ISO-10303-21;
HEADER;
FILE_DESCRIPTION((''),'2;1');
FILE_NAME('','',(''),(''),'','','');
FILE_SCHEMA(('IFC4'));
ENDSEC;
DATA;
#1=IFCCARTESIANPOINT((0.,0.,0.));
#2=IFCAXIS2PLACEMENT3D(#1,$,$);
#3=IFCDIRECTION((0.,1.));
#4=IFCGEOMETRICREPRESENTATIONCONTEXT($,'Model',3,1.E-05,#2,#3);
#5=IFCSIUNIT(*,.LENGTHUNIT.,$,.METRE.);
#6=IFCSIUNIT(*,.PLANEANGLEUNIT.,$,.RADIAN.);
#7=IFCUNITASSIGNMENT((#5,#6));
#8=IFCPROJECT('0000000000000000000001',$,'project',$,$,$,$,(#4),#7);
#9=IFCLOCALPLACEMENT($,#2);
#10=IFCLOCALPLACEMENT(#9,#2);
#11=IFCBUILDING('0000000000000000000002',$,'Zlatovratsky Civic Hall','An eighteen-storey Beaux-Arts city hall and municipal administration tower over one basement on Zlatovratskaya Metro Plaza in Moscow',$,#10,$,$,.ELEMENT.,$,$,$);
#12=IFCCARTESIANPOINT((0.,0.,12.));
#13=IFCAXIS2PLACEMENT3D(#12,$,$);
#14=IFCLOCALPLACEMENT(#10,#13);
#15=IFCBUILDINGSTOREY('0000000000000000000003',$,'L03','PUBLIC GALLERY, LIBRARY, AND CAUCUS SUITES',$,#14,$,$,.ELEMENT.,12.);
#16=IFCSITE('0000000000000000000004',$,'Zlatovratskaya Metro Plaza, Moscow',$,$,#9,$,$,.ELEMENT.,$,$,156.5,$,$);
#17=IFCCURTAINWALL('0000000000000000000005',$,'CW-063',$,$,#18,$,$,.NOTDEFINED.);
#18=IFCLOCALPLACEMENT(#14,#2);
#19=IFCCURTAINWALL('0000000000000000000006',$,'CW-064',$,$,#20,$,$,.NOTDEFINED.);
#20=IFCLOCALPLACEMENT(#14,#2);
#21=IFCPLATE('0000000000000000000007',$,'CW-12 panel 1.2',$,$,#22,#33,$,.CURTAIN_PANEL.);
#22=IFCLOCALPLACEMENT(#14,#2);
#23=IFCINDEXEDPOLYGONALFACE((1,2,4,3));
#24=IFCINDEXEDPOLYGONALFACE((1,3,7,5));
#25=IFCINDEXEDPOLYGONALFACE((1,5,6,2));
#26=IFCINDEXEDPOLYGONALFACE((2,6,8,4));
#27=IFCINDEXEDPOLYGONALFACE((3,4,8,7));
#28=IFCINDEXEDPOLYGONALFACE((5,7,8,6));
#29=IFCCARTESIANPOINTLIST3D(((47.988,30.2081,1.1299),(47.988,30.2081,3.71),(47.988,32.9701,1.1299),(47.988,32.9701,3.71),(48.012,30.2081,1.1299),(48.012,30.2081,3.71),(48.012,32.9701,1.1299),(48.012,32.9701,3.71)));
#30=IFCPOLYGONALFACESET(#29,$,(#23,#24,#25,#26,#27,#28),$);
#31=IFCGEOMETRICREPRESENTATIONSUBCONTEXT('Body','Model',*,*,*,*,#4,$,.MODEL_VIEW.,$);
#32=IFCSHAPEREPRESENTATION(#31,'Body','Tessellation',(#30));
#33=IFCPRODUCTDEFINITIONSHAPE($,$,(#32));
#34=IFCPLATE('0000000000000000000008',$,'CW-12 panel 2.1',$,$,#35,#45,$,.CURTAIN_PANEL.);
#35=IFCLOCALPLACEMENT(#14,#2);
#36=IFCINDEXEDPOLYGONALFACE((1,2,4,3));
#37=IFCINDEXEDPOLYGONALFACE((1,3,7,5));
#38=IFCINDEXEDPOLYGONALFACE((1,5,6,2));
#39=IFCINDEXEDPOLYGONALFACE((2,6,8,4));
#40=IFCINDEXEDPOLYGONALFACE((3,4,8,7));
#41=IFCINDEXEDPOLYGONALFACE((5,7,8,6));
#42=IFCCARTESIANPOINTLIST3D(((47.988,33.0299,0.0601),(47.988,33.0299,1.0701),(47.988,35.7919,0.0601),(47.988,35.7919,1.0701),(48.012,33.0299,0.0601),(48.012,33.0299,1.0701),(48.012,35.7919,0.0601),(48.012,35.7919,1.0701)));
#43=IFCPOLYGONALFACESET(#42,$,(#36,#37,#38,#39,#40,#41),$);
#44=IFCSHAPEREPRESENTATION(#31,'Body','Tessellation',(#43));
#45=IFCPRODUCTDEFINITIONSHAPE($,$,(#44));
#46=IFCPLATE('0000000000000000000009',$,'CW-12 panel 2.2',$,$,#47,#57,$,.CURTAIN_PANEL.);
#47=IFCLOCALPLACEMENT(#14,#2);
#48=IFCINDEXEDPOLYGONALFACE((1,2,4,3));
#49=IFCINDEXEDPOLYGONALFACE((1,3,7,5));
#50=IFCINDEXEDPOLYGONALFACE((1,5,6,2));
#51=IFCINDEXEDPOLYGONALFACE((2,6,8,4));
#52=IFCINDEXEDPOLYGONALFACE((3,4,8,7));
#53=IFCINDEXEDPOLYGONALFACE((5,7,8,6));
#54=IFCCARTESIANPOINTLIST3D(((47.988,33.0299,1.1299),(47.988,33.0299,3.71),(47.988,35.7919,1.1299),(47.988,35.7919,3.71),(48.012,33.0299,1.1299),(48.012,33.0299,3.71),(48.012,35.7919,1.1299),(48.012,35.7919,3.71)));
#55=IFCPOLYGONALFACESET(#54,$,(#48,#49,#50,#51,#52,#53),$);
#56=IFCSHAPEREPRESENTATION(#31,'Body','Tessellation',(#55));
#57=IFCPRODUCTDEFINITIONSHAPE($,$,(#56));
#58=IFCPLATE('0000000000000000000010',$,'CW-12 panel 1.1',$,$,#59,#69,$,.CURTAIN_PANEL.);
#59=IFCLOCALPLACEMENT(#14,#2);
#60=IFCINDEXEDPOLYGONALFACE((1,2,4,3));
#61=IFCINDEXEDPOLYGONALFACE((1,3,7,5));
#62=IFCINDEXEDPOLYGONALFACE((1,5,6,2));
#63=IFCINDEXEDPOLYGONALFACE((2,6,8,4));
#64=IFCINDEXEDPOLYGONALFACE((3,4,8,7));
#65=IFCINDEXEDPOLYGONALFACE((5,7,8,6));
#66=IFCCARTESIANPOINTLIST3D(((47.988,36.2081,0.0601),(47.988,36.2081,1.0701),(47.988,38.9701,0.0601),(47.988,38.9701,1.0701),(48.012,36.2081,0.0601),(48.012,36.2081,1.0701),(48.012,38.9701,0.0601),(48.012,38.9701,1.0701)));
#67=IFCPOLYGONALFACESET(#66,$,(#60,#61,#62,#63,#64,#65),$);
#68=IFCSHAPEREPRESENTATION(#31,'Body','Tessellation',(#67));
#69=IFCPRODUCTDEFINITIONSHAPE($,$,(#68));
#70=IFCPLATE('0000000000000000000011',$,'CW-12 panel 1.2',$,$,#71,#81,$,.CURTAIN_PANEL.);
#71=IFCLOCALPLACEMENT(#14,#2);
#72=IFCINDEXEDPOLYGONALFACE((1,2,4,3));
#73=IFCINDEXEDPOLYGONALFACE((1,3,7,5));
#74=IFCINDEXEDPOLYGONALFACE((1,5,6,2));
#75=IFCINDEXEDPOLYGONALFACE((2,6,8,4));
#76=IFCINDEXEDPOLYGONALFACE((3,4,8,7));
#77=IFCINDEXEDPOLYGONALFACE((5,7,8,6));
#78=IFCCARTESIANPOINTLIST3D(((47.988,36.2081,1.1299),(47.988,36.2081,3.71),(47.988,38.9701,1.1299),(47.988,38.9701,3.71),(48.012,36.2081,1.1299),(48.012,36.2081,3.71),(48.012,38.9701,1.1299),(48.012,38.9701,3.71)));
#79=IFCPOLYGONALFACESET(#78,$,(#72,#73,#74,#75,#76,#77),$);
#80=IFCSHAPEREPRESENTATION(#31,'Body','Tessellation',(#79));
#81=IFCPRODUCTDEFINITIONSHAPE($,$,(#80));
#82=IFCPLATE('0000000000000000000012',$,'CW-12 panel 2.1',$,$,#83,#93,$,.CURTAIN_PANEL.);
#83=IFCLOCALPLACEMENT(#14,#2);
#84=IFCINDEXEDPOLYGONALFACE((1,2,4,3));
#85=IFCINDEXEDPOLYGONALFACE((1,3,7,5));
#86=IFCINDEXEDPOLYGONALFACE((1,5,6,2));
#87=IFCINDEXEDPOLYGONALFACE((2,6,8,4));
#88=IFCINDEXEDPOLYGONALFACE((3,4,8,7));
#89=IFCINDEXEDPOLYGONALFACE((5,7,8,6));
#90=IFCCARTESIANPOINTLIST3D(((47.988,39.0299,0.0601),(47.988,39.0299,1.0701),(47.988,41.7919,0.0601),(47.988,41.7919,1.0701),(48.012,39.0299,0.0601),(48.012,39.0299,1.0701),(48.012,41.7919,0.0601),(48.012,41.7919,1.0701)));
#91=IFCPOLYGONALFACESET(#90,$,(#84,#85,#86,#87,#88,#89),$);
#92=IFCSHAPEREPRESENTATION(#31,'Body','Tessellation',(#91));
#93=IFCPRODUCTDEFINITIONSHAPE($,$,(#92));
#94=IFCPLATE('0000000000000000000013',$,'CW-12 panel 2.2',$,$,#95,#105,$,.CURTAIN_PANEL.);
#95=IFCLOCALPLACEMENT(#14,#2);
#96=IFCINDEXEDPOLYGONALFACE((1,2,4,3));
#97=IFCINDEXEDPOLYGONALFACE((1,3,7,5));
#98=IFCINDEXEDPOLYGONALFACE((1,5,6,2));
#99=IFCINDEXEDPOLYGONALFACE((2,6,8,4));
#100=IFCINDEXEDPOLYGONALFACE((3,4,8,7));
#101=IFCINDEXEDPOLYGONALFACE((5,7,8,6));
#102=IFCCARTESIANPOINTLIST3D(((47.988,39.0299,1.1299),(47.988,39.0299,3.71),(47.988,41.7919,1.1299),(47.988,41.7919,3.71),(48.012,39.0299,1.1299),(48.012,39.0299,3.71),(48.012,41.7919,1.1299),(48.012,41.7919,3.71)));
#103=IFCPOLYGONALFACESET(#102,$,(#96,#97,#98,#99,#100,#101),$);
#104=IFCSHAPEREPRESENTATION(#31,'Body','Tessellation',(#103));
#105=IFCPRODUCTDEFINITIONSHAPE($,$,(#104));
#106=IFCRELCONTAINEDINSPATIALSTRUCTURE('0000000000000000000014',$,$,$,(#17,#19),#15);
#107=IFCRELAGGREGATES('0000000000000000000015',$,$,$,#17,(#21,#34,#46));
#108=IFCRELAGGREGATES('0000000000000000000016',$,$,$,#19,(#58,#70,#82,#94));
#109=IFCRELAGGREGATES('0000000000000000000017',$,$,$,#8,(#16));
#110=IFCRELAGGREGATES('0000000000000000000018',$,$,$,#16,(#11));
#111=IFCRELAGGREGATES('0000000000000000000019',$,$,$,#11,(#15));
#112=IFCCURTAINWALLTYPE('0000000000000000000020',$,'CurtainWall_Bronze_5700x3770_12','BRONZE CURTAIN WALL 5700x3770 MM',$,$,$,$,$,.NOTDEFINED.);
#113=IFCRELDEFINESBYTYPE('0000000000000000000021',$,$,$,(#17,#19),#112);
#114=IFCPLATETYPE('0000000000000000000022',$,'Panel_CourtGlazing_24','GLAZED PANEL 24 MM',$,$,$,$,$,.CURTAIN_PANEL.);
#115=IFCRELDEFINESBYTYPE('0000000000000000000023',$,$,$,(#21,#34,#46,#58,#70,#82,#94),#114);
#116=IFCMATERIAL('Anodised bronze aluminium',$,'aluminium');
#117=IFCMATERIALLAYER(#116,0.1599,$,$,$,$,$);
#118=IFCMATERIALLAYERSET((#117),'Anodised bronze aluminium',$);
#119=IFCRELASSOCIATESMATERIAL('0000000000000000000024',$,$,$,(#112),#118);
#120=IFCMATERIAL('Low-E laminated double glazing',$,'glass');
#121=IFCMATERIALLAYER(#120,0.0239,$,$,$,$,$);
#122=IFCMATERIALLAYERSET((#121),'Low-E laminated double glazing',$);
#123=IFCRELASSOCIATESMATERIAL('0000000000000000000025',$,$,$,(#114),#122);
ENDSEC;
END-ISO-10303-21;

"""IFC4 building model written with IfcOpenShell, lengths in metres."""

from ifc_helpers import new_model, si_unit, direction, frame, origin, origin_2d, place, context, subcontext, project, spatial, rectangle, extrude, material, layer, layer_set, type_object, element, aggregate, save


model = new_model("IFC4")

# Units and contexts
model_context = context("Model", 3, precision=1e-05, world=origin(), true_north=direction((0.0, 1.0)))
body_context = subcontext(model_context, "Body", "Model", "MODEL_VIEW")
ifc_project = project(units=[si_unit("LENGTHUNIT", "METRE"), si_unit("PLANEANGLEUNIT", "RADIAN")], contexts=[model_context])

# Site, building, storey
site_placement = place(None, origin())
site = spatial("IfcSite", under=ifc_project, at=site_placement, Name="Zlatovratskaya Metro Plaza, Moscow", CompositionType="ELEMENT", RefElevation=156.5)
building_placement = place(site_placement, origin())
building = spatial("IfcBuilding", under=site, at=building_placement, Name="Zlatovratsky Civic Hall", Description="An eighteen-storey Beaux-Arts city hall and municipal administration tower over one basement on Zlatovratskaya Metro Plaza in Moscow", CompositionType="ELEMENT")
storey_placement = place(building_placement, frame((0.0, 0.0, 12.0)))
storey = spatial("IfcBuildingStorey", under=building, at=storey_placement, Name="L03", Description="PUBLIC GALLERY, LIBRARY, AND CAUCUS SUITES", CompositionType="ELEMENT", Elevation=12.0)

# Curtain walls
ifc_material_1 = material(Name="Anodised bronze aluminium", Category="aluminium")
ifc_layer_1 = layer(ifc_material_1, 0.1599)
ifc_layer_set_1 = layer_set([ifc_layer_1], Name="Anodised bronze aluminium")
curtain_wall_type = type_object("IfcCurtainWallType", Name="CurtainWall_Bronze_5700x3770_12", Description="BRONZE CURTAIN WALL 5700x3770 MM", PredefinedType="NOTDEFINED", material=ifc_layer_set_1)
curtain_wall_1_placement = place(storey_placement, origin())
curtain_wall_1 = element("IfcCurtainWall", 1, at=curtain_wall_1_placement, inside=storey, type_object=curtain_wall_type, Name="CW-063", PredefinedType="NOTDEFINED")
curtain_wall_2_placement = place(storey_placement, origin())
curtain_wall_2 = element("IfcCurtainWall", 2, at=curtain_wall_2_placement, inside=storey, type_object=curtain_wall_type, Name="CW-064", PredefinedType="NOTDEFINED")

# Plates
ifc_material_2 = material(Name="Low-E laminated double glazing", Category="glass")
ifc_layer_2 = layer(ifc_material_2, 0.0239)
ifc_layer_set_2 = layer_set([ifc_layer_2], Name="Low-E laminated double glazing")
plate_type = type_object("IfcPlateType", Name="Panel_CourtGlazing_24", Description="GLAZED PANEL 24 MM", PredefinedType="CURTAIN_PANEL", material=ifc_layer_set_2)
plate_1_placement = place(storey_placement, frame((48.0, 31.5891, 1.1299), z_axis=(0.0, 0.0, 1.0), x_axis=(0.0, 1.0, 0.0)))
plate_1 = element("IfcPlate", 3, at=plate_1_placement, type_object=plate_type, Name="CW-12 panel 1.2", PredefinedType="CURTAIN_PANEL", context=body_context, shape_type="SweptSolid", body=[
    extrude(rectangle(XDim=2.762, YDim=0.0239, at=origin_2d()), origin(), (0.0, 0.0, 1.0), 2.5801),
])
plate_2_placement = place(storey_placement, frame((48.0, 34.4109, 0.0601), z_axis=(0.0, 0.0, 1.0), x_axis=(0.0, 1.0, 0.0)))
plate_2 = element("IfcPlate", 4, at=plate_2_placement, type_object=plate_type, Name="CW-12 panel 2.1", PredefinedType="CURTAIN_PANEL", context=body_context, shape_type="SweptSolid", body=[
    extrude(rectangle(XDim=2.762, YDim=0.0239, at=origin_2d()), origin(), (0.0, 0.0, 1.0), 1.01),
])
plate_3_placement = place(storey_placement, frame((48.0, 34.4109, 1.1299), z_axis=(0.0, 0.0, 1.0), x_axis=(0.0, 1.0, 0.0)))
plate_3 = element("IfcPlate", 5, at=plate_3_placement, type_object=plate_type, Name="CW-12 panel 2.2", PredefinedType="CURTAIN_PANEL", context=body_context, shape_type="SweptSolid", body=[
    extrude(rectangle(XDim=2.762, YDim=0.0239, at=origin_2d()), origin(), (0.0, 0.0, 1.0), 2.5801),
])
aggregate(curtain_wall_1, [plate_1, plate_2, plate_3])
plate_4_placement = place(storey_placement, frame((48.0, 37.5891, 0.0601), z_axis=(0.0, 0.0, 1.0), x_axis=(0.0, 1.0, 0.0)))
plate_4 = element("IfcPlate", 6, at=plate_4_placement, type_object=plate_type, Name="CW-12 panel 1.1", PredefinedType="CURTAIN_PANEL", context=body_context, shape_type="SweptSolid", body=[
    extrude(rectangle(XDim=2.762, YDim=0.0239, at=origin_2d()), origin(), (0.0, 0.0, 1.0), 1.01),
])
plate_5_placement = place(storey_placement, frame((48.0, 37.5891, 1.1299), z_axis=(0.0, 0.0, 1.0), x_axis=(0.0, 1.0, 0.0)))
plate_5 = element("IfcPlate", 7, at=plate_5_placement, type_object=plate_type, Name="CW-12 panel 1.2", PredefinedType="CURTAIN_PANEL", context=body_context, shape_type="SweptSolid", body=[
    extrude(rectangle(XDim=2.762, YDim=0.0239, at=origin_2d()), origin(), (0.0, 0.0, 1.0), 2.5801),
])
plate_6_placement = place(storey_placement, frame((48.0, 40.4109, 0.0601), z_axis=(0.0, 0.0, 1.0), x_axis=(0.0, 1.0, 0.0)))
plate_6 = element("IfcPlate", 8, at=plate_6_placement, type_object=plate_type, Name="CW-12 panel 2.1", PredefinedType="CURTAIN_PANEL", context=body_context, shape_type="SweptSolid", body=[
    extrude(rectangle(XDim=2.762, YDim=0.0239, at=origin_2d()), origin(), (0.0, 0.0, 1.0), 1.01),
])
plate_7_placement = place(storey_placement, frame((48.0, 40.4109, 1.1299), z_axis=(0.0, 0.0, 1.0), x_axis=(0.0, 1.0, 0.0)))
plate_7 = element("IfcPlate", 9, at=plate_7_placement, type_object=plate_type, Name="CW-12 panel 2.2", PredefinedType="CURTAIN_PANEL", context=body_context, shape_type="SweptSolid", body=[
    extrude(rectangle(XDim=2.762, YDim=0.0239, at=origin_2d()), origin(), (0.0, 0.0, 1.0), 2.5801),
])
aggregate(curtain_wall_2, [plate_4, plate_5, plate_6, plate_7])

save(model, "model.ifc")
